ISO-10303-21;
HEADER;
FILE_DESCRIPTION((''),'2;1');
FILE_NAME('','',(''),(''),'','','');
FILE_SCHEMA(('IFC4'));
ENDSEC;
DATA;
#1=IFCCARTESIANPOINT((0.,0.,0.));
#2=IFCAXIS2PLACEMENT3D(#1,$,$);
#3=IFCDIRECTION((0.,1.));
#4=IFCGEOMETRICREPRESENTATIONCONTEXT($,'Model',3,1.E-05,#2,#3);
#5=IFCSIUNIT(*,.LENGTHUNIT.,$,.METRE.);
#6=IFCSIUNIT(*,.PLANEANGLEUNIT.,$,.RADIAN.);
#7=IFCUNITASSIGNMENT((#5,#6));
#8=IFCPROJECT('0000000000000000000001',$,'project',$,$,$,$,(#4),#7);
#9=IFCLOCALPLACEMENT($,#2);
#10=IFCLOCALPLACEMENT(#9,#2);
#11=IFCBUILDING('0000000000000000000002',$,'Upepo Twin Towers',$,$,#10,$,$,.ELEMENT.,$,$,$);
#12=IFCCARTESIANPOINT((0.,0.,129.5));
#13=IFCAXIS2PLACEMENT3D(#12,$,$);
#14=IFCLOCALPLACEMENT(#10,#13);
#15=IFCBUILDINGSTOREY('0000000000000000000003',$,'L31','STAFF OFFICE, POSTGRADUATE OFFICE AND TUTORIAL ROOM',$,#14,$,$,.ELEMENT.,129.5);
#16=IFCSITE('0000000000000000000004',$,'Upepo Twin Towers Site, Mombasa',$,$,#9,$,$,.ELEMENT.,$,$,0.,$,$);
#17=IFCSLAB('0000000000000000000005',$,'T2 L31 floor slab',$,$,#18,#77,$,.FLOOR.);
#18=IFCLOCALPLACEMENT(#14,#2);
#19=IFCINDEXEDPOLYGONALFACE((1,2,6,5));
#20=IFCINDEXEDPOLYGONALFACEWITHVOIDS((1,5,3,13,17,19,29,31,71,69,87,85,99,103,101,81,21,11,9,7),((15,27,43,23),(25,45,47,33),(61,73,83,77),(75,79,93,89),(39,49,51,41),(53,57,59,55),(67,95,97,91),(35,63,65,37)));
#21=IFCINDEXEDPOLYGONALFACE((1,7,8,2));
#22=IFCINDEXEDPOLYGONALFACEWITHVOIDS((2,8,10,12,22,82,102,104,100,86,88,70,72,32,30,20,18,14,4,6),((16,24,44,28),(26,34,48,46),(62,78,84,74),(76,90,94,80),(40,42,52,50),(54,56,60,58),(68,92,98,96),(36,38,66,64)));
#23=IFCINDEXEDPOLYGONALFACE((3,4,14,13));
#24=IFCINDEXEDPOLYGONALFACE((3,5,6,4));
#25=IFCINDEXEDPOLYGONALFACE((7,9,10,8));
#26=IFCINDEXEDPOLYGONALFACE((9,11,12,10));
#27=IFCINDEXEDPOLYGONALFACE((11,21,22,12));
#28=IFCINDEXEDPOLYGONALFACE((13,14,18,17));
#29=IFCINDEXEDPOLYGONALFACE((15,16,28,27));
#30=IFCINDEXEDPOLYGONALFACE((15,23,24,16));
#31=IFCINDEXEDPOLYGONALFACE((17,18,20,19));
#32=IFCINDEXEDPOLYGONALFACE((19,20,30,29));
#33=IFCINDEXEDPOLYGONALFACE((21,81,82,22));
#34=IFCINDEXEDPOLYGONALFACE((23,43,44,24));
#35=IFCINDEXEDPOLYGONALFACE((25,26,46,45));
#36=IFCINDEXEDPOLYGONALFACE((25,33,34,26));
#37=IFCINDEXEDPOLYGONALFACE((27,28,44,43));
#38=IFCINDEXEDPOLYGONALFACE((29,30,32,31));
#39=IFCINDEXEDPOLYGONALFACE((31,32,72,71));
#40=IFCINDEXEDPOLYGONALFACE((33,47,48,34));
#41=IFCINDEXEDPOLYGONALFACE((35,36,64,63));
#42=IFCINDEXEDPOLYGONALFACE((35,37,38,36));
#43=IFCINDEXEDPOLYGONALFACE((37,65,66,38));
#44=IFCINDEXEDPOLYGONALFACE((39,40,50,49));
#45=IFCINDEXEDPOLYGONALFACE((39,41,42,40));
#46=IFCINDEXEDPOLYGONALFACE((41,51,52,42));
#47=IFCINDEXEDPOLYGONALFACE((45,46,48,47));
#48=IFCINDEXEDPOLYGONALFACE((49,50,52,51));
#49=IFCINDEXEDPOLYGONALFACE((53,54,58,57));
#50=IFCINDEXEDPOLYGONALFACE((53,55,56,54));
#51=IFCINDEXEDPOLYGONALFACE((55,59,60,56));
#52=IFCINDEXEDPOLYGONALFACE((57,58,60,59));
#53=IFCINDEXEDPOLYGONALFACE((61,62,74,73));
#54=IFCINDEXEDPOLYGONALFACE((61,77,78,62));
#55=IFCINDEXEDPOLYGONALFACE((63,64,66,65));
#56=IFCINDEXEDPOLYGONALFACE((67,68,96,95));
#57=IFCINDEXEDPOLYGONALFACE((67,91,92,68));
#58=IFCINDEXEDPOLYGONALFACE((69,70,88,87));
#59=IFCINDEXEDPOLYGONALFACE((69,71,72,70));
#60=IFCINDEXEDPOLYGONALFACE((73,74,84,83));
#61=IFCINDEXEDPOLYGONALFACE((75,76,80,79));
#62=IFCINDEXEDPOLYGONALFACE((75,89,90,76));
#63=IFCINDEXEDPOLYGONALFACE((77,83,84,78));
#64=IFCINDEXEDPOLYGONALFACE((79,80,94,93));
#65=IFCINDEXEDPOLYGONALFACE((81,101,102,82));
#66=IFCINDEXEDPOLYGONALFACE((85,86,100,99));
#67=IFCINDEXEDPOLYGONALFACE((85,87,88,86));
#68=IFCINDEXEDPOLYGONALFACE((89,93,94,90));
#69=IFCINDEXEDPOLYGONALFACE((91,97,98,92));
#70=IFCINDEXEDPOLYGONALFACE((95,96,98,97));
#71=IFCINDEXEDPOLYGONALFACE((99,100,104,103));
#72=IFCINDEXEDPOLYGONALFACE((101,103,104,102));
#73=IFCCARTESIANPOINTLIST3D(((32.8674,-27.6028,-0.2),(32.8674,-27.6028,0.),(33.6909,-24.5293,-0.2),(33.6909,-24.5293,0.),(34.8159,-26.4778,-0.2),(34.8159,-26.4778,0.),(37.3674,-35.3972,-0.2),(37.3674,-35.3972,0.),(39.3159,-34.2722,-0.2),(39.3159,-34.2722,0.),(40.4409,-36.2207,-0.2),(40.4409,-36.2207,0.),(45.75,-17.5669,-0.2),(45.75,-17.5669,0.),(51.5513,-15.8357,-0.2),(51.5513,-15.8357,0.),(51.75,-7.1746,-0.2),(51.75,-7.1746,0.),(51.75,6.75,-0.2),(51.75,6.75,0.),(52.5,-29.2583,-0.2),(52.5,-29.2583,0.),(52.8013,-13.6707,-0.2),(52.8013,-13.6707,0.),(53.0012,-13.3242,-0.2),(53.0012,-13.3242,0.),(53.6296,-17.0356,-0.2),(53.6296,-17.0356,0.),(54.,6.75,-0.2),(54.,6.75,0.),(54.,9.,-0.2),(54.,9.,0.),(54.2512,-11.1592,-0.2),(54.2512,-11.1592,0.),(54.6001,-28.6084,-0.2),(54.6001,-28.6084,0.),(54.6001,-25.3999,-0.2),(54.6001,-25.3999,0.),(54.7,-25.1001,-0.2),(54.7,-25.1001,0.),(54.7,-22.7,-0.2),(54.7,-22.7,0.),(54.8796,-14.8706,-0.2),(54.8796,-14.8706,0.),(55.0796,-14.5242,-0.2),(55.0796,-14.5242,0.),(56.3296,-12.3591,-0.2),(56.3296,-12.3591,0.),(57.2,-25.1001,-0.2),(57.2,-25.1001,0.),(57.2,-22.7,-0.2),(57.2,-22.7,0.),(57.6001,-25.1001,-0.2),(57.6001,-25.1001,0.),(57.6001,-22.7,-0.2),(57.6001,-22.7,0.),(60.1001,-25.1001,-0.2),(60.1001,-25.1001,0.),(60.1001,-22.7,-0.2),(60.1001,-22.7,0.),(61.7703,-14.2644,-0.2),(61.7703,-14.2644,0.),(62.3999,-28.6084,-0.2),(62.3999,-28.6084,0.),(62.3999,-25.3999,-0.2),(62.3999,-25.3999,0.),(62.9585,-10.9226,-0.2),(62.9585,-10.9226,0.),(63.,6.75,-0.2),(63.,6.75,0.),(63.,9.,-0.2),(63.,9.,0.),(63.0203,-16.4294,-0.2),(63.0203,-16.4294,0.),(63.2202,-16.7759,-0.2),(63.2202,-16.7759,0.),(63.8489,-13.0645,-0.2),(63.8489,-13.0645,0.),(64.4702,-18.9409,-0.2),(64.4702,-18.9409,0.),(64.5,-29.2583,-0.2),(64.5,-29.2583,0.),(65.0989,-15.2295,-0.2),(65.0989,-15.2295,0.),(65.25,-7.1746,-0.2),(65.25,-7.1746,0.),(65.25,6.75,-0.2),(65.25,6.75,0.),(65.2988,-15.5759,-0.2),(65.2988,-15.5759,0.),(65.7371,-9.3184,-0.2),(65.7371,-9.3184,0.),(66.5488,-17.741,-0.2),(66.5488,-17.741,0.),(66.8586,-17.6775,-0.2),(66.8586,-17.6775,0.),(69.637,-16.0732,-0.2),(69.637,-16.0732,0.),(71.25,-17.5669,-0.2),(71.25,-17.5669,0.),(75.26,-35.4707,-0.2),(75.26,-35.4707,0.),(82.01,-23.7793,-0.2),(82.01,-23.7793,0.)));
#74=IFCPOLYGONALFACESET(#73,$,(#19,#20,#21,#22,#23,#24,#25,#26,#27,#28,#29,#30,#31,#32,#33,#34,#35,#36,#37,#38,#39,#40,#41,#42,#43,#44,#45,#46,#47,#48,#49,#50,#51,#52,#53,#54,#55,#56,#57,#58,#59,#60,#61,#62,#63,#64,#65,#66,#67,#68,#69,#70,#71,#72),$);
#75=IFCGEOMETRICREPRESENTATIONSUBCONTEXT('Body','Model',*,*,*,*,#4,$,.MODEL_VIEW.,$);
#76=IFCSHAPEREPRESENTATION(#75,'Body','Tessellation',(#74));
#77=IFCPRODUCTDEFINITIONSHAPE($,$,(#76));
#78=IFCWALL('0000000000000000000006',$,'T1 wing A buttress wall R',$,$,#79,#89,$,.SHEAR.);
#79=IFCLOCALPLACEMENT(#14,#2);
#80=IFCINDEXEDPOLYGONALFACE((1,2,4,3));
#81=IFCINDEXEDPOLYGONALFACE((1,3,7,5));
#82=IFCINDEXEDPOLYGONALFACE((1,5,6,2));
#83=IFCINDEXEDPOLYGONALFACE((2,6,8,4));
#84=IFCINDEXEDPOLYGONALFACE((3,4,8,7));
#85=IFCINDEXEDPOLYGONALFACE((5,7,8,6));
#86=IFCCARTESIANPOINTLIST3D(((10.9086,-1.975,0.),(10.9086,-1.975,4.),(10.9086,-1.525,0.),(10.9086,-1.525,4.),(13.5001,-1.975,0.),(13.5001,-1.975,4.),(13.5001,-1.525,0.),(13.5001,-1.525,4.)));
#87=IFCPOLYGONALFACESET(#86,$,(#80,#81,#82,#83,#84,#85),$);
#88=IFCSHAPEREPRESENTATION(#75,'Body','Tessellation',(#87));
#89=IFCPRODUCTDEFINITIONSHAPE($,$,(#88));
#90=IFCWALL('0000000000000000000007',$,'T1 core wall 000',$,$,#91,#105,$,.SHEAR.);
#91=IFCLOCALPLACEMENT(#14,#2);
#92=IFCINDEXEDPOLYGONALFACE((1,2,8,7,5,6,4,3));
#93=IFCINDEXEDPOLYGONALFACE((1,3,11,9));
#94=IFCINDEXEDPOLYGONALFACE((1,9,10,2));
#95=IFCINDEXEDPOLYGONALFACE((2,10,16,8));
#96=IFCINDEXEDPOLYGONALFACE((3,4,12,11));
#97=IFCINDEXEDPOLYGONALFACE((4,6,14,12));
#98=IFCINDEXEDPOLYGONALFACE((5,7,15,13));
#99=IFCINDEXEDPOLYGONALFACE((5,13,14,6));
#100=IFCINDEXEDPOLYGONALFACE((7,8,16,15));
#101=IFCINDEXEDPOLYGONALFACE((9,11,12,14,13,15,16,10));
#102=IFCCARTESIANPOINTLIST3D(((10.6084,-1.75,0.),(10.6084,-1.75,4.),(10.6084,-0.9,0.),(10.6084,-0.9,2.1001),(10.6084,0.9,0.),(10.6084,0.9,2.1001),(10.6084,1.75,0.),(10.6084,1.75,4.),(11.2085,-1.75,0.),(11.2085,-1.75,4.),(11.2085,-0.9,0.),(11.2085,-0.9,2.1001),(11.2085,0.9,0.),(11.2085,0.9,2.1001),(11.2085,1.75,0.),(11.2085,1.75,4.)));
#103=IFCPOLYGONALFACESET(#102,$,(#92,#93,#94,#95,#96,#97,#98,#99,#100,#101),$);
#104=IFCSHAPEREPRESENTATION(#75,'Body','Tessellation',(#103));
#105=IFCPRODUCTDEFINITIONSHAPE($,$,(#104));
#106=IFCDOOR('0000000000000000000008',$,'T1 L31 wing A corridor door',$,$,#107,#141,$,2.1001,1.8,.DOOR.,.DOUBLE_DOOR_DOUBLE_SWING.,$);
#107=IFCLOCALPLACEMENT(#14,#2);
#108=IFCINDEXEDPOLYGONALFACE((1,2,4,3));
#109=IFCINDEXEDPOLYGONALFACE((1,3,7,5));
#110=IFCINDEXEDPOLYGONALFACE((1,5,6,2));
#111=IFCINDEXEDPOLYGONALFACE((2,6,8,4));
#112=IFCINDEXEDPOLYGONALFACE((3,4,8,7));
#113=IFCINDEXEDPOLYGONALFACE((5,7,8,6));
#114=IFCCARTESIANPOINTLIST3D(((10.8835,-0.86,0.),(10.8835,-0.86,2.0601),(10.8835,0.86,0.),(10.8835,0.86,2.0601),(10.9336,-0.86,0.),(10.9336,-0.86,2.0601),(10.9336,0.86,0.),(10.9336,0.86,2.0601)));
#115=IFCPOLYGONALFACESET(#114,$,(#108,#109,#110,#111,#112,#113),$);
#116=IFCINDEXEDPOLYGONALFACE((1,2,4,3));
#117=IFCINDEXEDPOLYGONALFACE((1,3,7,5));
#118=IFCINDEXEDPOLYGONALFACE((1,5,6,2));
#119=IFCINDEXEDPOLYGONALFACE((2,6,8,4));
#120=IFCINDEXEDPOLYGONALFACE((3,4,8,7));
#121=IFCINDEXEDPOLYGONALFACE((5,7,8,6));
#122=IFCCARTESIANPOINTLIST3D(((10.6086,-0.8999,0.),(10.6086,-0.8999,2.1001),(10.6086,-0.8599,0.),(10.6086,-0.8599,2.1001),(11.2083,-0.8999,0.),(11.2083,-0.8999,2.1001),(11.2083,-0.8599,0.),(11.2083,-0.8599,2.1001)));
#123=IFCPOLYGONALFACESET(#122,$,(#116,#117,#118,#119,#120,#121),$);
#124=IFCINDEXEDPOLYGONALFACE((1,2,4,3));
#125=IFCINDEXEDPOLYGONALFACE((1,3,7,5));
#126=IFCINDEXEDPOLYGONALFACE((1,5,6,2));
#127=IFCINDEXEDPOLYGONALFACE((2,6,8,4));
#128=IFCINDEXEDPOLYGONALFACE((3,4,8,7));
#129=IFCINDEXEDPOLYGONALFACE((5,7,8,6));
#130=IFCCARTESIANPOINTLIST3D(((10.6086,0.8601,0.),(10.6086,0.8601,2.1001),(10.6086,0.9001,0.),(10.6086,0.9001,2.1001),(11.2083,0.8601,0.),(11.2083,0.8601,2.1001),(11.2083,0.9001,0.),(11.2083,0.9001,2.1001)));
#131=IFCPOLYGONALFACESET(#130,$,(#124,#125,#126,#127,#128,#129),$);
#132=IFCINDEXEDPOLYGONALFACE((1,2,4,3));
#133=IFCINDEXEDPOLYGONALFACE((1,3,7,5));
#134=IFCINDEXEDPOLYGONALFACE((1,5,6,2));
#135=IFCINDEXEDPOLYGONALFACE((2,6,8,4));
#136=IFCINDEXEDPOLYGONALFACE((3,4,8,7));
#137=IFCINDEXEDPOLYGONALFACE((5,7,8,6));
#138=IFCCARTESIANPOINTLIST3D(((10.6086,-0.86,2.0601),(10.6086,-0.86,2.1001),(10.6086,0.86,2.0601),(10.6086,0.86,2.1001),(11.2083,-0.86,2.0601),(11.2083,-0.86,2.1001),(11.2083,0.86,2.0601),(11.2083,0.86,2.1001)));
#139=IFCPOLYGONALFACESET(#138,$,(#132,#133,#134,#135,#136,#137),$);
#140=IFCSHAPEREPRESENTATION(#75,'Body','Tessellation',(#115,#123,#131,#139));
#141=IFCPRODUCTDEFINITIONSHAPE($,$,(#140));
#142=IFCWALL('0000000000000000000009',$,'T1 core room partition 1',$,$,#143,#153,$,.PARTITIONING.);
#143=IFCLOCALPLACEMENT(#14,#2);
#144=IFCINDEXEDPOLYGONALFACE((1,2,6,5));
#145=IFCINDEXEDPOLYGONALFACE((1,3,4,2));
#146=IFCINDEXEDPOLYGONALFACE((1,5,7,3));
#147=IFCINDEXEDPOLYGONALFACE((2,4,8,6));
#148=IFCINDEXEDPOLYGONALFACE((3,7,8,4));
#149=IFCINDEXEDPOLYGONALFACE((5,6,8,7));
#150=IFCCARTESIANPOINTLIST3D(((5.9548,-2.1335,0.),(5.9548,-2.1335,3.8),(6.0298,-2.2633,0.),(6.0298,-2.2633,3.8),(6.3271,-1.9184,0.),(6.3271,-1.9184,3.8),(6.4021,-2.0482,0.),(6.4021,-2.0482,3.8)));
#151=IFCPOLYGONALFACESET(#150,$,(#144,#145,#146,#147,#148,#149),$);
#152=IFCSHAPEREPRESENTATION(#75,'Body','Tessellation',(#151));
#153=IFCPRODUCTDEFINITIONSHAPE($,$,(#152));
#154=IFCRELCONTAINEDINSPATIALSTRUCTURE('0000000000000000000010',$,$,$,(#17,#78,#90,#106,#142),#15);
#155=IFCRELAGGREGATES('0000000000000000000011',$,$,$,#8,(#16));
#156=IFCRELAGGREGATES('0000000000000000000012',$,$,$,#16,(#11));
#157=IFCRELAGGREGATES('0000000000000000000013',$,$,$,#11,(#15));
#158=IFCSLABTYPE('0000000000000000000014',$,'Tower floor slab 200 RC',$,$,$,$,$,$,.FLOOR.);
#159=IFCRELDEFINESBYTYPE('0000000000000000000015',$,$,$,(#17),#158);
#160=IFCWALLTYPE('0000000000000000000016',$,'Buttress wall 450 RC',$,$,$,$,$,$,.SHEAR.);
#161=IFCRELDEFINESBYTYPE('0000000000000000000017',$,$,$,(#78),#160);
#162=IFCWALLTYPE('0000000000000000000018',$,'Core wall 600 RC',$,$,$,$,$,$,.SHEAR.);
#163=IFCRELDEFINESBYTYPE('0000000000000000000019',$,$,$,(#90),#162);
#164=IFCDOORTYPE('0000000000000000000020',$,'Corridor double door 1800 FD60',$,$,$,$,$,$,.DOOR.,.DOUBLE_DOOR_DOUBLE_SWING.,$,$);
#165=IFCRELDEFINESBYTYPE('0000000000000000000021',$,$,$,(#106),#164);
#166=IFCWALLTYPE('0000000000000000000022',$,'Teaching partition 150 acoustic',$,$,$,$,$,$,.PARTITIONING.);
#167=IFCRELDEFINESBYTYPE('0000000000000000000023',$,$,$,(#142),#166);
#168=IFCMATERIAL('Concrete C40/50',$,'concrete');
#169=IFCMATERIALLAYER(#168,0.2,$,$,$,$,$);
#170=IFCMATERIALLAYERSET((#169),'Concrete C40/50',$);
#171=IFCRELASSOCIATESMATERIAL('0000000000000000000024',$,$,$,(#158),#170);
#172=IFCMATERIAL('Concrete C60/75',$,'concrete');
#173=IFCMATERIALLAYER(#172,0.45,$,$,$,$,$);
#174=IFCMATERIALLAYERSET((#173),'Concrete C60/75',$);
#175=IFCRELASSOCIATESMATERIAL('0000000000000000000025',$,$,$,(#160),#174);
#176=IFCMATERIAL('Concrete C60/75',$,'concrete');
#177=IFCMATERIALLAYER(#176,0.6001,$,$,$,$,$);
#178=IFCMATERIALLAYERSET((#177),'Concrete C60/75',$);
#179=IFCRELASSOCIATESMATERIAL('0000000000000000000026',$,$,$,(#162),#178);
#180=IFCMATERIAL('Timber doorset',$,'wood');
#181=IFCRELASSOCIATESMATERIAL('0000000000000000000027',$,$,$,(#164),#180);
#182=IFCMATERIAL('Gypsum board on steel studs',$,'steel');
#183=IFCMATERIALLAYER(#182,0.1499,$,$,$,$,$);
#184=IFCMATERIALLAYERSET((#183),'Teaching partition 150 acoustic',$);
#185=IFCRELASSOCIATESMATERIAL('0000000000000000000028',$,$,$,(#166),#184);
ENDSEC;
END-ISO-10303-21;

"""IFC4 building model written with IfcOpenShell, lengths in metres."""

from ifc_helpers import new_model, si_unit, direction, frame, frame_2d, origin, place, context, subcontext, project, spatial, polyline, rectangle, outline, extrude, material, layer, layer_set, type_object, element, fill, save


model = new_model("IFC4")

# Units and contexts
model_context = context("Model", 3, precision=1e-05, world=origin(), true_north=direction((0.0, 1.0)))
body_context = subcontext(model_context, "Body", "Model", "MODEL_VIEW")
ifc_project = project(units=[si_unit("LENGTHUNIT", "METRE"), si_unit("PLANEANGLEUNIT", "RADIAN")], contexts=[model_context])

# Site, building, storey
site_placement = place(None, origin())
site = spatial("IfcSite", under=ifc_project, at=site_placement, Name="Upepo Twin Towers Site, Mombasa", CompositionType="ELEMENT", RefElevation=0.0)
building_placement = place(site_placement, origin())
building = spatial("IfcBuilding", under=site, at=building_placement, Name="Upepo Twin Towers", CompositionType="ELEMENT")
storey_placement = place(building_placement, frame((0.0, 0.0, 129.5)))
storey = spatial("IfcBuildingStorey", under=building, at=storey_placement, Name="L31", Description="STAFF OFFICE, POSTGRADUATE OFFICE AND TUTORIAL ROOM", CompositionType="ELEMENT", Elevation=129.5)

# Slab
ifc_material_1 = material(Name="Concrete C40/50", Category="concrete")
ifc_layer_1 = layer(ifc_material_1, 0.2)
ifc_layer_set_1 = layer_set([ifc_layer_1], Name="Concrete C40/50")
slab_type_1 = type_object("IfcSlabType", Name="Tower floor slab 200 RC", PredefinedType="FLOOR", material=ifc_layer_set_1)
slab_1_placement = place(storey_placement, frame((0.0, 0.0, -0.2)))
element("IfcSlab", 1, at=slab_1_placement, inside=storey, type_object=slab_type_1, Name="T2 L31 floor slab", PredefinedType="FLOOR", context=body_context, shape_type="SweptSolid", body=[
    extrude(outline(polyline([(75.26, -35.4707), (64.5, -29.2583), (52.5, -29.2583), (40.4409, -36.2207), (39.3159, -34.2722), (37.3674, -35.3972), (32.8674, -27.6028), (34.8159, -26.4778), (33.6909, -24.5293), (45.75, -17.5669), (51.75, -7.1746), (51.75, 6.75), (54.0, 6.75), (54.0, 9.0), (63.0, 9.0), (63.0, 6.75), (65.25, 6.75), (65.25, -7.1746), (71.25, -17.5669), (82.01, -23.7793), (75.26, -35.4707)]), holes=[polyline([(56.3296, -12.3591), (54.2512, -11.1592), (53.0012, -13.3242), (55.0796, -14.5242), (56.3296, -12.3591)]), polyline([(54.8796, -14.8706), (52.8013, -13.6707), (51.5513, -15.8357), (53.6296, -17.0356), (54.8796, -14.8706)]), polyline([(54.7, -22.7), (54.7, -25.1001), (57.2, -25.1001), (57.2, -22.7), (54.7, -22.7)]), polyline([(57.6001, -22.7), (57.6001, -25.1001), (60.1001, -25.1001), (60.1001, -22.7), (57.6001, -22.7)]), polyline([(54.6001, -25.3999), (54.6001, -28.6084), (62.3999, -28.6084), (62.3999, -25.3999), (54.6001, -25.3999)]), polyline([(64.4702, -18.9409), (66.5488, -17.741), (65.2988, -15.5759), (63.2202, -16.7759), (64.4702, -18.9409)]), polyline([(63.0203, -16.4294), (65.0989, -15.2295), (63.8489, -13.0645), (61.7703, -14.2644), (63.0203, -16.4294)]), polyline([(66.8586, -17.6775), (69.637, -16.0732), (65.7371, -9.3184), (62.9585, -10.9226), (66.8586, -17.6775)])]), origin(), (0.0, 0.0, 1.0), 0.2),
])

# Wall
ifc_material_2 = material(Name="Concrete C60/75", Category="concrete")
ifc_layer_2 = layer(ifc_material_2, 0.45)
ifc_layer_set_2 = layer_set([ifc_layer_2], Name="Concrete C60/75")
wall_type_1 = type_object("IfcWallType", Name="Buttress wall 450 RC", PredefinedType="SHEAR", material=ifc_layer_set_2)
wall_1_placement = place(storey_placement, frame((10.9084, -1.75, 0.0), z_axis=(0.0, 0.0, 1.0), x_axis=(1.0, 0.0, 0.0)))
element("IfcWall", 2, at=wall_1_placement, inside=storey, type_object=wall_type_1, Name="T1 wing A buttress wall R", PredefinedType="SHEAR", context=body_context, shape_type="SweptSolid", body=[
    extrude(rectangle(XDim=2.5916, YDim=0.45, at=frame_2d((1.2959, 0.0))), origin(), (0.0, 0.0, 1.0), 4.0),
])

# Wall, opening, door
ifc_material_3 = material(Name="Concrete C60/75", Category="concrete")
ifc_layer_3 = layer(ifc_material_3, 0.6001)
ifc_layer_set_3 = layer_set([ifc_layer_3], Name="Concrete C60/75")
wall_type_2 = type_object("IfcWallType", Name="Core wall 600 RC", PredefinedType="SHEAR", material=ifc_layer_set_3)
wall_2_placement = place(storey_placement, frame((10.9084, -1.75, 0.0), z_axis=(0.0, 0.0, 1.0), x_axis=(0.0, 1.0, 0.0)))
wall_2 = element("IfcWall", 3, at=wall_2_placement, inside=storey, type_object=wall_type_2, Name="T1 core wall 000", PredefinedType="SHEAR", context=body_context, shape_type="SweptSolid", body=[
    extrude(rectangle(XDim=3.5, YDim=0.6001, at=frame_2d((1.75, 0.0))), origin(), (0.0, 0.0, 1.0), 4.0),
])
opening_1_placement = place(wall_2_placement, frame((0.8501, 0.0, 0.0)))
opening_1 = element("IfcOpeningElement", 4, at=opening_1_placement, cuts=wall_2, PredefinedType="OPENING", context=body_context, shape_type="SweptSolid", body=[
    extrude(rectangle(XDim=1.8, YDim=2.1001, at=frame_2d((0.8999, 1.05))), frame((0.0, 0.3101, 0.0), z_axis=(0.0, -1.0, 0.0), x_axis=(1.0, 0.0, 0.0)), (0.0, 0.0, 1.0), 0.6201),
])
ifc_material_4 = material(Name="Timber doorset", Category="wood")
door_type_1 = type_object("IfcDoorType", Name="Corridor double door 1800 FD60", OperationType="DOUBLE_DOOR_DOUBLE_SWING", PredefinedType="DOOR", material=ifc_material_4)
door_1_placement = place(opening_1_placement, origin())
door_1 = element("IfcDoor", 5, at=door_1_placement, inside=storey, type_object=door_type_1, Name="T1 L31 wing A corridor door", OperationType="DOUBLE_DOOR_DOUBLE_SWING", OverallHeight=2.1001, OverallWidth=1.8, PredefinedType="DOOR", context=body_context, shape_type="SweptSolid", body=[
    extrude(rectangle(XDim=1.72, YDim=2.0601, at=frame_2d((0.8999, 1.03))), frame((0.0, 0.0249, 0.0), z_axis=(0.0, -1.0, 0.0), x_axis=(1.0, 0.0, 0.0)), (0.0, 0.0, 1.0), 0.05),
    extrude(rectangle(XDim=0.04, YDim=2.1001, at=frame_2d((0.02, 1.05))), frame((0.0, 0.2998, 0.0), z_axis=(0.0, -1.0, 0.0), x_axis=(1.0, 0.0, 0.0)), (0.0, 0.0, 1.0), 0.5996),
    extrude(rectangle(XDim=0.04, YDim=2.1001, at=frame_2d((1.78, 1.05))), frame((0.0, 0.2998, 0.0), z_axis=(0.0, -1.0, 0.0), x_axis=(1.0, 0.0, 0.0)), (0.0, 0.0, 1.0), 0.5996),
    extrude(rectangle(XDim=1.72, YDim=0.04, at=frame_2d((0.8999, 2.0801))), frame((0.0, 0.2998, 0.0), z_axis=(0.0, -1.0, 0.0), x_axis=(1.0, 0.0, 0.0)), (0.0, 0.0, 1.0), 0.5996),
])
fill(opening_1, door_1)

# Wall
ifc_material_5 = material(Name="Gypsum board on steel studs", Category="steel")
ifc_layer_4 = layer(ifc_material_5, 0.1499)
ifc_layer_set_4 = layer_set([ifc_layer_4], Name="Teaching partition 150 acoustic")
wall_type_3 = type_object("IfcWallType", Name="Teaching partition 150 acoustic", PredefinedType="PARTITIONING", material=ifc_layer_set_4)
wall_3_placement = place(storey_placement, frame((6.3645, -1.9834, 0.0), z_axis=(0.0, 0.0, 1.0), x_axis=(-0.865892, -0.50023, 0.0)))
element("IfcWall", 6, at=wall_3_placement, inside=storey, type_object=wall_type_3, Name="T1 core room partition 1", PredefinedType="PARTITIONING", context=body_context, shape_type="SweptSolid", body=[
    extrude(rectangle(XDim=0.4299, YDim=0.1499, at=frame_2d((0.2148, 0.0))), origin(), (0.0, 0.0, 1.0), 3.8),
])

save(model, "model.ifc")
